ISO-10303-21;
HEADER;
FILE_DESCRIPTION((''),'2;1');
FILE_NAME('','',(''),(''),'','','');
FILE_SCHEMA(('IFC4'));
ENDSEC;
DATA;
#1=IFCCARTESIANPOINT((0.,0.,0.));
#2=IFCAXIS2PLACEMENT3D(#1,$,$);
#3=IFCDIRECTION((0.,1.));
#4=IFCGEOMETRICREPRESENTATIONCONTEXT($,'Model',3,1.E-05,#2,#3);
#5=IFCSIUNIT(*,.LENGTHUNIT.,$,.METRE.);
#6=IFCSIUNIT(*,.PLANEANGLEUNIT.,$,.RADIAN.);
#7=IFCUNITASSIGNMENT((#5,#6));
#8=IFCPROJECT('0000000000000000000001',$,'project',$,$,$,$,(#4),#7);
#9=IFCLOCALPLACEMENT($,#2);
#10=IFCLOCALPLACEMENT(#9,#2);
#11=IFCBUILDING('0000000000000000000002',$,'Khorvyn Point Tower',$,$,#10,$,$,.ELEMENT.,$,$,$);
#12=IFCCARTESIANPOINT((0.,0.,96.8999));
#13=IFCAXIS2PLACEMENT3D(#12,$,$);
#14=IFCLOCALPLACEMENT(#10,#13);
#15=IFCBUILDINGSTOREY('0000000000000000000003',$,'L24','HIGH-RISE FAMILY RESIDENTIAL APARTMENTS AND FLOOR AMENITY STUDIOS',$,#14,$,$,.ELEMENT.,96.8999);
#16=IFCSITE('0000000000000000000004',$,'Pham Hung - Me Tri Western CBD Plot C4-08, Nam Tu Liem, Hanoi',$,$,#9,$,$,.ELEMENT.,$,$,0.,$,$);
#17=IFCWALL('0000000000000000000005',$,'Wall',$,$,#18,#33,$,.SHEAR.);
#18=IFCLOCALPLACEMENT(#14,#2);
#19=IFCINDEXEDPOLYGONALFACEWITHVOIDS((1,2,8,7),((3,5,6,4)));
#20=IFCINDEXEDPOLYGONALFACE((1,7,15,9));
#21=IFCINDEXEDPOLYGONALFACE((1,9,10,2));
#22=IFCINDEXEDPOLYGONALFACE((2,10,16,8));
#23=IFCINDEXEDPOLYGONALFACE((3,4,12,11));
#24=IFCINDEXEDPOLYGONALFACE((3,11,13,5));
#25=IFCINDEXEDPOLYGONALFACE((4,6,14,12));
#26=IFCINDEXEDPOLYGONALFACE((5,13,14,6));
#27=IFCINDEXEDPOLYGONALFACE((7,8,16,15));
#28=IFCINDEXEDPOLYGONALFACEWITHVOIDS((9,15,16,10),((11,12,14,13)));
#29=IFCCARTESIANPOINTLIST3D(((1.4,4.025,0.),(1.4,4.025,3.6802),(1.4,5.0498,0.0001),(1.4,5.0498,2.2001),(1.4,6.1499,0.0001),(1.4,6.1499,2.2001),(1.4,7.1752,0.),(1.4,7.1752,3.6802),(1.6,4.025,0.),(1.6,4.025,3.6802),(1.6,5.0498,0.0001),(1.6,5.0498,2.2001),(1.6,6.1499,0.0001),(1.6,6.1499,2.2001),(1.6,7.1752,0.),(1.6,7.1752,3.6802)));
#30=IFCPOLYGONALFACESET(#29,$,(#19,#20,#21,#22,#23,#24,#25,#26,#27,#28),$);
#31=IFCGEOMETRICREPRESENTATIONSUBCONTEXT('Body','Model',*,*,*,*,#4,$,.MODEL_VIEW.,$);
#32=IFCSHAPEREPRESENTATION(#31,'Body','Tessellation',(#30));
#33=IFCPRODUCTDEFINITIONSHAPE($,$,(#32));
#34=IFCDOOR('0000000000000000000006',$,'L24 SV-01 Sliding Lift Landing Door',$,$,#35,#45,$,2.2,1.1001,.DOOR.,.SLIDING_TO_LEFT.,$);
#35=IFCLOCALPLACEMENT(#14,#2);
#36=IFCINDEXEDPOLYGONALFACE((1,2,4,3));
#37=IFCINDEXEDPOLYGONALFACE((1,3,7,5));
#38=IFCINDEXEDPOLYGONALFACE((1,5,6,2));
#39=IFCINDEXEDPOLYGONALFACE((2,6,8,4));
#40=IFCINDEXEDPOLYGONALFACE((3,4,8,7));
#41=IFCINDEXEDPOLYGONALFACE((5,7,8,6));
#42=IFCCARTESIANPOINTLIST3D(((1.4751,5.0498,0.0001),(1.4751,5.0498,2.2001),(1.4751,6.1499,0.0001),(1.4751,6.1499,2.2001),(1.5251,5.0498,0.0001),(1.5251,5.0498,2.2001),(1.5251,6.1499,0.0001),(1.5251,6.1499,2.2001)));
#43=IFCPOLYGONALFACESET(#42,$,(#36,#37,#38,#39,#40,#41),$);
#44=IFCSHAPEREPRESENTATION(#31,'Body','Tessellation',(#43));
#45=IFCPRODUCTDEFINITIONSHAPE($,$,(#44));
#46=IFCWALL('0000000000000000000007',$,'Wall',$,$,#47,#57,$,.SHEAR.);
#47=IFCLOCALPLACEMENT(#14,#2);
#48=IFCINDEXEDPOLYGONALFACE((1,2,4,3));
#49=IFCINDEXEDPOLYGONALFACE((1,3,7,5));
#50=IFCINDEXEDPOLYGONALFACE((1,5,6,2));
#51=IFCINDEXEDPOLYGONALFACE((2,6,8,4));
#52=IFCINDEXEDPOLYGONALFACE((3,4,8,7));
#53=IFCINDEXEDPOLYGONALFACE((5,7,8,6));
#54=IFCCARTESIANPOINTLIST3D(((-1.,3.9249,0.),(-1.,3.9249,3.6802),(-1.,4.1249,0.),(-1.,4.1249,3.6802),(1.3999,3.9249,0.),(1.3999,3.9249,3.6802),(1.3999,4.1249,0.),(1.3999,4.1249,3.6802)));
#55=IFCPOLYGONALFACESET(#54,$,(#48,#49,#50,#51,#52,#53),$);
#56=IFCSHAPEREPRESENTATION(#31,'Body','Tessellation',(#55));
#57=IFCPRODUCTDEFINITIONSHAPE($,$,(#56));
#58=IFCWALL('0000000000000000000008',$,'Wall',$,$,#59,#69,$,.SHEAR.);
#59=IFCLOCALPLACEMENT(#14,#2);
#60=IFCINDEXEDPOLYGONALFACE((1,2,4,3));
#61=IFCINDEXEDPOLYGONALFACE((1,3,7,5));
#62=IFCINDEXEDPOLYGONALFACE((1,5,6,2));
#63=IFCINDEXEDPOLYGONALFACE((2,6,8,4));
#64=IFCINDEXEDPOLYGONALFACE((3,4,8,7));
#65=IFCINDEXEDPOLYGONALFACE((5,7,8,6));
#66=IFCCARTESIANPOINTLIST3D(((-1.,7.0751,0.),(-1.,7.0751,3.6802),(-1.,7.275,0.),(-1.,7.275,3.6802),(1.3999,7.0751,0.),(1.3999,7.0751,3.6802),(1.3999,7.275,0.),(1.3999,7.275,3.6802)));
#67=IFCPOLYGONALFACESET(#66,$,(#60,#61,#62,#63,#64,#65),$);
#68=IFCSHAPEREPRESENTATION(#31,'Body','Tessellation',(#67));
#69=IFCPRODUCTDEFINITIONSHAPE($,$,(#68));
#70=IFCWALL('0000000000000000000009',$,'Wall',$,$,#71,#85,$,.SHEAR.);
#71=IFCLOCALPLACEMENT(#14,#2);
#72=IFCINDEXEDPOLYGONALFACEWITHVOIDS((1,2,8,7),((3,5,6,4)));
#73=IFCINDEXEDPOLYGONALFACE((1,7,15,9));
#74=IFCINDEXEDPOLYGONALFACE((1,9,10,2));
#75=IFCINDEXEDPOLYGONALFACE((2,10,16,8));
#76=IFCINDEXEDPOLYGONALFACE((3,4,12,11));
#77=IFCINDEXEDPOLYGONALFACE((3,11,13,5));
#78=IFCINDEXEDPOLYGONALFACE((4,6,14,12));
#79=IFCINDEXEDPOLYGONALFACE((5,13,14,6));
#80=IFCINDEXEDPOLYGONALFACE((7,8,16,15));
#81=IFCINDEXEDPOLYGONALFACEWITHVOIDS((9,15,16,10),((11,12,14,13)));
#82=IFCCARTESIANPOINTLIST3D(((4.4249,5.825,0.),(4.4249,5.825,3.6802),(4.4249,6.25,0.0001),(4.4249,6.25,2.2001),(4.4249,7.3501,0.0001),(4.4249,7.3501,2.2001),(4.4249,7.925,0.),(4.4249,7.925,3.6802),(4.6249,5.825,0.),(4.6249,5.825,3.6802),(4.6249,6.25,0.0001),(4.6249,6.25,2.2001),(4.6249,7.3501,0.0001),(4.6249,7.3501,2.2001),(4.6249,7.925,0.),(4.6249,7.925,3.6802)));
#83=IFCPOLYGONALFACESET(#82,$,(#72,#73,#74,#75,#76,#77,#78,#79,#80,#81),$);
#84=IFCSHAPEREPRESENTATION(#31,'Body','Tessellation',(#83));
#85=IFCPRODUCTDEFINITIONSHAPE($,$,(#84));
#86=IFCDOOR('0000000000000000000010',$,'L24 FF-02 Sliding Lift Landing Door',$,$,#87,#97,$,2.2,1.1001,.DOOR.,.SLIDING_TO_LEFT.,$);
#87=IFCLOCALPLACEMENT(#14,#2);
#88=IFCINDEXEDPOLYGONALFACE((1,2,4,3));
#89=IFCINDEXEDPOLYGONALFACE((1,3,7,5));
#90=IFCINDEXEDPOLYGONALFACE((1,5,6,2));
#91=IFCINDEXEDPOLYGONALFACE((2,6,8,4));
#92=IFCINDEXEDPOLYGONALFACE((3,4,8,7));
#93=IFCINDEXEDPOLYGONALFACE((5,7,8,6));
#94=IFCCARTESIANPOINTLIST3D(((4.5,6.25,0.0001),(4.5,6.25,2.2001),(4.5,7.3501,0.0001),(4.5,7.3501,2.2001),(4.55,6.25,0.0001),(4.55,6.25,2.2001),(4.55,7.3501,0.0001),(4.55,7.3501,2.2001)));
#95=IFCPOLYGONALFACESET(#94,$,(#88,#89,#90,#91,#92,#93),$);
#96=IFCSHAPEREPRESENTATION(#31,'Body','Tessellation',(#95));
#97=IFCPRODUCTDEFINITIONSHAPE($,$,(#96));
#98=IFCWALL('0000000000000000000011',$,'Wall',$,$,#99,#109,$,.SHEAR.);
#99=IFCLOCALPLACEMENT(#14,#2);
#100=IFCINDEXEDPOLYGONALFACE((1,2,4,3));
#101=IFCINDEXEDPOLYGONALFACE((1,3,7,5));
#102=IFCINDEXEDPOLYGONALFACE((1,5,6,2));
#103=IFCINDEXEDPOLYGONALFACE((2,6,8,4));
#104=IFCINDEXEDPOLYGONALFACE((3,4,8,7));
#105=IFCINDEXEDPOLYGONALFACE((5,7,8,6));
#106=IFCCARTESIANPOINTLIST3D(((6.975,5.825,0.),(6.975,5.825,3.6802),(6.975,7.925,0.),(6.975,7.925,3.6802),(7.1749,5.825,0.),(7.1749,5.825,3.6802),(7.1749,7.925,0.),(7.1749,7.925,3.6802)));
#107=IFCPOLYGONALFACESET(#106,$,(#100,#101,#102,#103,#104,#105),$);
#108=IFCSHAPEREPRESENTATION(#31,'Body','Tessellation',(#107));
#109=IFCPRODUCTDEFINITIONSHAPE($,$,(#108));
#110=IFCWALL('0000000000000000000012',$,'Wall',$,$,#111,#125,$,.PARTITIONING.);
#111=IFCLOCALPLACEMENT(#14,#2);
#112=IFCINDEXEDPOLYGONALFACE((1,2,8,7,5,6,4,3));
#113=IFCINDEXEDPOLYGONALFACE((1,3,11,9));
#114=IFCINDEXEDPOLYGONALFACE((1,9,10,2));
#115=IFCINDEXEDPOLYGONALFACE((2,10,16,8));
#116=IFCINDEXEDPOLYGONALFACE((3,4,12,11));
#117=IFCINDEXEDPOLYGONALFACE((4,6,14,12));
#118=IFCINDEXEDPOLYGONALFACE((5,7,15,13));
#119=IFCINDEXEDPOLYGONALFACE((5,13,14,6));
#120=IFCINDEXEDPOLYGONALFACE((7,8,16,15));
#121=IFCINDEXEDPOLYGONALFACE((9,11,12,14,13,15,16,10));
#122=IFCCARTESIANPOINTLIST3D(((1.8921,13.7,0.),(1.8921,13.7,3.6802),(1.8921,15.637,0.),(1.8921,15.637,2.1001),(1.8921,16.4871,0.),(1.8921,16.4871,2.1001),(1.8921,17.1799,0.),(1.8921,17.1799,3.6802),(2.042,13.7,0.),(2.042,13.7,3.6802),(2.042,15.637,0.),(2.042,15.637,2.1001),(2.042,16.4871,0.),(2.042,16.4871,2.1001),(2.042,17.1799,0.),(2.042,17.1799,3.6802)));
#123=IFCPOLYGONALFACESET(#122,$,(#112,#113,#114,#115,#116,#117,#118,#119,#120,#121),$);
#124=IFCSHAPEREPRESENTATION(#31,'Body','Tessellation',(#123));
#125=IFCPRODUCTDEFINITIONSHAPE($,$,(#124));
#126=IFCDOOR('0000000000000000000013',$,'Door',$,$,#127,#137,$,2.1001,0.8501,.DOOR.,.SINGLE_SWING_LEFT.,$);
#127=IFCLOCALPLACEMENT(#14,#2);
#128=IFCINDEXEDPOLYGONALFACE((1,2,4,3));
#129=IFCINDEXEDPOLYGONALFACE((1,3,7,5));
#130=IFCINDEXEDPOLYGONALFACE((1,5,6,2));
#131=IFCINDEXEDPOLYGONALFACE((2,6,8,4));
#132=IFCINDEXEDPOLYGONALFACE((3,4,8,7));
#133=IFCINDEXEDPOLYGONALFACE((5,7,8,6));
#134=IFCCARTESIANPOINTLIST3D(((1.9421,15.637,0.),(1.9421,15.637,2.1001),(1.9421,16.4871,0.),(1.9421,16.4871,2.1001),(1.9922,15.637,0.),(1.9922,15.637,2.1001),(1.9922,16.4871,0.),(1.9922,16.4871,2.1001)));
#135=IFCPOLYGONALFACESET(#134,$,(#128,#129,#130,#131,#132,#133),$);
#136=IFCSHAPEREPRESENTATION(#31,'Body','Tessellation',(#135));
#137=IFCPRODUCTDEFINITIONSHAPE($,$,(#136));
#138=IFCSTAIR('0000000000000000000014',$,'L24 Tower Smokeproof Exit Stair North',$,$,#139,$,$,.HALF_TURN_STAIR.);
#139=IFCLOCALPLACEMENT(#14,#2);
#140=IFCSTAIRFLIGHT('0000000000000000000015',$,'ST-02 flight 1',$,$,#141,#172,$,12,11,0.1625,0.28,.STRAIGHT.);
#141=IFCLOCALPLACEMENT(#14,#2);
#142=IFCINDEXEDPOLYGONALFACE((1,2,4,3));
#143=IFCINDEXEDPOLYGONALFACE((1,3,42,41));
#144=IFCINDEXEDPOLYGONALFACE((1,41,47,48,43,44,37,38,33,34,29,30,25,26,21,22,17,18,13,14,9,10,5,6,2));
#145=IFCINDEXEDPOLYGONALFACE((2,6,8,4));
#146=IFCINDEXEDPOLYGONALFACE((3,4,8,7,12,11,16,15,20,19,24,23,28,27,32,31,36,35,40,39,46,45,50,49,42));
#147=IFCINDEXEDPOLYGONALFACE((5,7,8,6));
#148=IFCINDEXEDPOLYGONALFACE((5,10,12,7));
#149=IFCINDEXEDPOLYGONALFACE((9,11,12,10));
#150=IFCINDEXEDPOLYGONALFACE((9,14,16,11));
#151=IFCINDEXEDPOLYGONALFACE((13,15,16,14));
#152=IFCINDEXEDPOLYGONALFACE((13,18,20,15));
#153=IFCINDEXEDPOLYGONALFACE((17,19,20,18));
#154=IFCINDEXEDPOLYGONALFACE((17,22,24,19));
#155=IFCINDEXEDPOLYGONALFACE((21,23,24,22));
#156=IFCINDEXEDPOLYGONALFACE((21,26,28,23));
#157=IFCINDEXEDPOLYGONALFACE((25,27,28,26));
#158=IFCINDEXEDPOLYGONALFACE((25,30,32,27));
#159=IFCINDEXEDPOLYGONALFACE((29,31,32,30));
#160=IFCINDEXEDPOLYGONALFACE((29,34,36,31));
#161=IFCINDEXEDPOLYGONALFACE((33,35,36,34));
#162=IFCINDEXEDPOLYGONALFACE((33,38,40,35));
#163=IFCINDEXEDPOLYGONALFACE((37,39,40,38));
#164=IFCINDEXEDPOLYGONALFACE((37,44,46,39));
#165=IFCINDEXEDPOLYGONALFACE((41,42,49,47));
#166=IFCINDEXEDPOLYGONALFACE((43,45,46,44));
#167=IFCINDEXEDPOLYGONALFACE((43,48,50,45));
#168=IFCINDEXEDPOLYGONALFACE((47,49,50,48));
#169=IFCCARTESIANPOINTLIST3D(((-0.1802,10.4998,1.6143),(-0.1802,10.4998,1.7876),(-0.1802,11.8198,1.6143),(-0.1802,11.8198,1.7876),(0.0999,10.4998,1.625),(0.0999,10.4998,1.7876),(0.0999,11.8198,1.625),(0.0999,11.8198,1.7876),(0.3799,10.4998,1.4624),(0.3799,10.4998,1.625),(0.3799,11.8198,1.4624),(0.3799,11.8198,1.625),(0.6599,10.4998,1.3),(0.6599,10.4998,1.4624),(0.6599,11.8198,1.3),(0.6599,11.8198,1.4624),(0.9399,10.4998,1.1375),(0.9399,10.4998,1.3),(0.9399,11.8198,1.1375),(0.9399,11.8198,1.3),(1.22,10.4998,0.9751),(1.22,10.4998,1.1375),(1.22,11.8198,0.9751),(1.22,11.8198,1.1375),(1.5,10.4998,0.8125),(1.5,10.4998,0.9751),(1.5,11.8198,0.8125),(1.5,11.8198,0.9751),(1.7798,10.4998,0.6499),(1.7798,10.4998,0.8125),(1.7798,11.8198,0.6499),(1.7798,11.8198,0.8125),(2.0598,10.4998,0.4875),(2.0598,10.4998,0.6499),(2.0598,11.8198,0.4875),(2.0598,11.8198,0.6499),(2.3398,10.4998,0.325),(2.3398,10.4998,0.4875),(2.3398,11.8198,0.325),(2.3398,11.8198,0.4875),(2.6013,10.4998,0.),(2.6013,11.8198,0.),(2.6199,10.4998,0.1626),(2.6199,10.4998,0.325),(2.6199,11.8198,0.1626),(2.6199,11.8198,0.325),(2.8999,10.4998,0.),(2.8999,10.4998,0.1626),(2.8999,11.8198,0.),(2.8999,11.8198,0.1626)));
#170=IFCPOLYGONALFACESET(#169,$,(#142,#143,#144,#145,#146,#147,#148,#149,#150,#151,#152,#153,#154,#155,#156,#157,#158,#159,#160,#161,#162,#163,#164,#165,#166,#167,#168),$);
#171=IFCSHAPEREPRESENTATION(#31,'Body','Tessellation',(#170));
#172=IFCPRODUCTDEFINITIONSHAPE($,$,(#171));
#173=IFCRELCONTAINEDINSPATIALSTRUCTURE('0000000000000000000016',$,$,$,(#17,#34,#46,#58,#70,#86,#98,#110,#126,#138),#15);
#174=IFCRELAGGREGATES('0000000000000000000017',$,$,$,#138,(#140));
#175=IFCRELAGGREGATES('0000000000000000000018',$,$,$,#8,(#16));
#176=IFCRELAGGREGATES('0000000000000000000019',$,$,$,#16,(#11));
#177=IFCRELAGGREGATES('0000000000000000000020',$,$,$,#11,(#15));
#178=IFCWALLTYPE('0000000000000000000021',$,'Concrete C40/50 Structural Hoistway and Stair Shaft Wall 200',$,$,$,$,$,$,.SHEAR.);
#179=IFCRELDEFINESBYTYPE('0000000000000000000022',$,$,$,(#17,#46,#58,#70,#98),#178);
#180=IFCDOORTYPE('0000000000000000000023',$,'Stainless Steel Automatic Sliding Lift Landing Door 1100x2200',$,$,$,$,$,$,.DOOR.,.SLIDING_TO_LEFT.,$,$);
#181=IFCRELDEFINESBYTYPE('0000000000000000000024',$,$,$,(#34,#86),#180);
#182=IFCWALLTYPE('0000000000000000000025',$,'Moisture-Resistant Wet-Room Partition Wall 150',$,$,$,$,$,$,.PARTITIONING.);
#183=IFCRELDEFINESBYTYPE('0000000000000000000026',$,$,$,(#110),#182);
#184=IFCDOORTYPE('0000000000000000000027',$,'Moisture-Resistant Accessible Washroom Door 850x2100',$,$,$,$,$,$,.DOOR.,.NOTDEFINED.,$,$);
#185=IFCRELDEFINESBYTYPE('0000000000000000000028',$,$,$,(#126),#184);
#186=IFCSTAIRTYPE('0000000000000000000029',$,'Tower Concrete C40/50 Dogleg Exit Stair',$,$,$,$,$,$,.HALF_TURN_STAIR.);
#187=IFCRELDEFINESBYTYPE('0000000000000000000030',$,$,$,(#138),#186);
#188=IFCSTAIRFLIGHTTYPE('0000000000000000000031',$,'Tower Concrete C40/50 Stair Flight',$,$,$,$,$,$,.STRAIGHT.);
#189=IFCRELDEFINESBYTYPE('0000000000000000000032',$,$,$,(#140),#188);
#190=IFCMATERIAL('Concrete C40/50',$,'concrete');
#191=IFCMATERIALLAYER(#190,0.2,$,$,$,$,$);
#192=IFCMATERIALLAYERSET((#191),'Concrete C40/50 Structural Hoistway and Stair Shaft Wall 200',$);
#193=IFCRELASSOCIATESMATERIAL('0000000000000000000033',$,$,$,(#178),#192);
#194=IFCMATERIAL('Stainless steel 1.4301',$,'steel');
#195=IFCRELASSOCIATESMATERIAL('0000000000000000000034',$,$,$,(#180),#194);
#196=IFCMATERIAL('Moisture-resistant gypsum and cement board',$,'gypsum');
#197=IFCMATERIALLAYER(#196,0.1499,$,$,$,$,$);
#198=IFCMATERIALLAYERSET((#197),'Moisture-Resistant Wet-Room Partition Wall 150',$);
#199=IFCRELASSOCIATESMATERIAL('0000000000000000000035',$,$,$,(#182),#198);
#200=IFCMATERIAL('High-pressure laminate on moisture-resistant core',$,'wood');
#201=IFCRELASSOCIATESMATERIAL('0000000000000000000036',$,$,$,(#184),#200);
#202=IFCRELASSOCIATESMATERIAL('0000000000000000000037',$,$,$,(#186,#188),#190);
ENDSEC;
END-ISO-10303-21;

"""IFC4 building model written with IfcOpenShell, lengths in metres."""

from ifc_helpers import new_model, si_unit, direction, frame, frame_2d, origin, place, context, subcontext, project, spatial, polyline, rectangle, outline, extrude, material, layer, layer_set, type_object, element, fill, aggregate, save


model = new_model("IFC4")

# Units and contexts
model_context = context("Model", 3, precision=1e-05, world=origin(), true_north=direction((0.0, 1.0)))
body_context = subcontext(model_context, "Body", "Model", "MODEL_VIEW")
ifc_project = project(units=[si_unit("LENGTHUNIT", "METRE"), si_unit("PLANEANGLEUNIT", "RADIAN")], contexts=[model_context])

# Site, building, storey
site_placement = place(None, origin())
site = spatial("IfcSite", under=ifc_project, at=site_placement, Name="Pham Hung - Me Tri Western CBD Plot C4-08, Nam Tu Liem, Hanoi", CompositionType="ELEMENT", RefElevation=0.0)
building_placement = place(site_placement, origin())
building = spatial("IfcBuilding", under=site, at=building_placement, Name="Khorvyn Point Tower", CompositionType="ELEMENT")
storey_placement = place(building_placement, frame((0.0, 0.0, 96.8999)))
storey = spatial("IfcBuildingStorey", under=building, at=storey_placement, Name="L24", Description="HIGH-RISE FAMILY RESIDENTIAL APARTMENTS AND FLOOR AMENITY STUDIOS", CompositionType="ELEMENT", Elevation=96.8999)

# Shared definitions
ifc_material_1 = material(Name="Concrete C40/50", Category="concrete")

# Shared definitions
ifc_layer_1 = layer(ifc_material_1, 0.2)
ifc_layer_set_1 = layer_set([ifc_layer_1], Name="Concrete C40/50 Structural Hoistway and Stair Shaft Wall 200")
wall_type_1 = type_object("IfcWallType", Name="Concrete C40/50 Structural Hoistway and Stair Shaft Wall 200", PredefinedType="SHEAR", material=ifc_layer_set_1)

# Wall, opening, door
wall_1_placement = place(storey_placement, frame((1.5, 4.0249, 0.0), z_axis=(0.0, 0.0, 1.0), x_axis=(0.0, 1.0, 0.0)))
wall_1 = element("IfcWall", 1, at=wall_1_placement, inside=storey, type_object=wall_type_1, Name="Wall", PredefinedType="SHEAR", context=body_context, shape_type="SweptSolid", body=[
    extrude(rectangle(XDim=3.1501, YDim=0.2, at=frame_2d((1.5752, 0.0))), origin(), (0.0, 0.0, 1.0), 3.6802),
])
opening_1_placement = place(wall_1_placement, frame((1.0249, 0.0, 0.0)))
opening_1 = element("IfcOpeningElement", 2, at=opening_1_placement, cuts=wall_1, PredefinedType="OPENING", context=body_context, shape_type="SweptSolid", body=[
    extrude(rectangle(XDim=1.1001, YDim=2.2, at=frame_2d((0.55, 1.1001))), frame((0.0, 0.1099, 0.0), z_axis=(0.0, -1.0, 0.0), x_axis=(1.0, 0.0, 0.0)), (0.0, 0.0, 1.0), 0.22),
])
ifc_material_2 = material(Name="Stainless steel 1.4301", Category="steel")
door_type_1 = type_object("IfcDoorType", Name="Stainless Steel Automatic Sliding Lift Landing Door 1100x2200", OperationType="SLIDING_TO_LEFT", PredefinedType="DOOR", material=ifc_material_2)
door_1_placement = place(opening_1_placement, origin())
door_1 = element("IfcDoor", 3, at=door_1_placement, inside=storey, type_object=door_type_1, Name="L24 SV-01 Sliding Lift Landing Door", OperationType="SLIDING_TO_LEFT", OverallHeight=2.2, OverallWidth=1.1001, PredefinedType="DOOR", context=body_context, shape_type="SweptSolid", body=[
    extrude(rectangle(XDim=1.1001, YDim=2.2, at=frame_2d((0.55, 1.1001))), frame((0.0, 0.0249, 0.0), z_axis=(0.0, -1.0, 0.0), x_axis=(1.0, 0.0, 0.0)), (0.0, 0.0, 1.0), 0.05),
])
fill(opening_1, door_1)

# Walls
for number, where, z_axis, x_axis, name in (
    (4, (-1.0, 4.0249, 0.0), (0.0, 0.0, 1.0), (1.0, 0.0, 0.0), "Wall"),
    (5, (-1.0, 7.175, 0.0), (0.0, 0.0, 1.0), (1.0, 0.0, 0.0), "Wall"),
):
    element("IfcWall", number, at=place(storey_placement, frame(where, z_axis=z_axis, x_axis=x_axis)), inside=storey, type_object=wall_type_1, Name=name, PredefinedType="SHEAR", context=body_context, shape_type="SweptSolid", body=[
        extrude(rectangle(XDim=2.3999, YDim=0.2, at=frame_2d((1.2, 0.0))), origin(), (0.0, 0.0, 1.0), 3.6802),
    ])

# Wall, opening, door
wall_2_placement = place(storey_placement, frame((4.5249, 5.825, 0.0), z_axis=(0.0, 0.0, 1.0), x_axis=(0.0, 1.0, 0.0)))
wall_2 = element("IfcWall", 6, at=wall_2_placement, inside=storey, type_object=wall_type_1, Name="Wall", PredefinedType="SHEAR", context=body_context, shape_type="SweptSolid", body=[
    extrude(rectangle(XDim=2.1001, YDim=0.2, at=frame_2d((1.05, 0.0))), origin(), (0.0, 0.0, 1.0), 3.6802),
])
opening_2_placement = place(wall_2_placement, frame((0.425, 0.0, 0.0)))
opening_2 = element("IfcOpeningElement", 7, at=opening_2_placement, cuts=wall_2, PredefinedType="OPENING", context=body_context, shape_type="SweptSolid", body=[
    extrude(rectangle(XDim=1.1001, YDim=2.2, at=frame_2d((0.55, 1.1001))), frame((0.0, 0.1099, 0.0), z_axis=(0.0, -1.0, 0.0), x_axis=(1.0, 0.0, 0.0)), (0.0, 0.0, 1.0), 0.22),
])
door_2_placement = place(opening_2_placement, origin())
door_2 = element("IfcDoor", 8, at=door_2_placement, inside=storey, type_object=door_type_1, Name="L24 FF-02 Sliding Lift Landing Door", OperationType="SLIDING_TO_LEFT", OverallHeight=2.2, OverallWidth=1.1001, PredefinedType="DOOR", context=body_context, shape_type="SweptSolid", body=[
    extrude(rectangle(XDim=1.1001, YDim=2.2, at=frame_2d((0.55, 1.1001))), frame((0.0, 0.0249, 0.0), z_axis=(0.0, -1.0, 0.0), x_axis=(1.0, 0.0, 0.0)), (0.0, 0.0, 1.0), 0.05),
])
fill(opening_2, door_2)

# Wall
wall_3_placement = place(storey_placement, frame((7.075, 5.825, 0.0), z_axis=(0.0, 0.0, 1.0), x_axis=(0.0, 1.0, 0.0)))
element("IfcWall", 9, at=wall_3_placement, inside=storey, type_object=wall_type_1, Name="Wall", PredefinedType="SHEAR", context=body_context, shape_type="SweptSolid", body=[
    extrude(rectangle(XDim=2.1001, YDim=0.2, at=frame_2d((1.05, 0.0))), origin(), (0.0, 0.0, 1.0), 3.6802),
])

# Wall, opening, door
ifc_material_3 = material(Name="Moisture-resistant gypsum and cement board", Category="gypsum")
ifc_layer_2 = layer(ifc_material_3, 0.1499)
ifc_layer_set_2 = layer_set([ifc_layer_2], Name="Moisture-Resistant Wet-Room Partition Wall 150")
wall_type_2 = type_object("IfcWallType", Name="Moisture-Resistant Wet-Room Partition Wall 150", PredefinedType="PARTITIONING", material=ifc_layer_set_2)
wall_4_placement = place(storey_placement, frame((1.967, 13.7, 0.0), z_axis=(0.0, 0.0, 1.0), x_axis=(0.0, 1.0, 0.0)))
wall_4 = element("IfcWall", 10, at=wall_4_placement, inside=storey, type_object=wall_type_2, Name="Wall", PredefinedType="PARTITIONING", context=body_context, shape_type="SweptSolid", body=[
    extrude(rectangle(XDim=3.48, YDim=0.1499, at=frame_2d((1.74, 0.0))), origin(), (0.0, 0.0, 1.0), 3.6802),
])
opening_3_placement = place(wall_4_placement, frame((1.937, 0.0, 0.0)))
opening_3 = element("IfcOpeningElement", 11, at=opening_3_placement, cuts=wall_4, PredefinedType="OPENING", context=body_context, shape_type="SweptSolid", body=[
    extrude(rectangle(XDim=0.8501, YDim=2.1001, at=frame_2d((0.425, 1.05))), frame((0.0, 0.085, 0.0), z_axis=(0.0, -1.0, 0.0), x_axis=(1.0, 0.0, 0.0)), (0.0, 0.0, 1.0), 0.1699),
])
ifc_material_4 = material(Name="High-pressure laminate on moisture-resistant core", Category="wood")
door_type_2 = type_object("IfcDoorType", Name="Moisture-Resistant Accessible Washroom Door 850x2100", OperationType="NOTDEFINED", PredefinedType="DOOR", material=ifc_material_4)
door_3_placement = place(opening_3_placement, origin())
door_3 = element("IfcDoor", 12, at=door_3_placement, inside=storey, type_object=door_type_2, Name="Door", OperationType="SINGLE_SWING_LEFT", OverallHeight=2.1001, OverallWidth=0.8501, PredefinedType="DOOR", context=body_context, shape_type="SweptSolid", body=[
    extrude(rectangle(XDim=0.8501, YDim=2.1001, at=frame_2d((0.425, 1.05))), frame((0.0, 0.0249, 0.0), z_axis=(0.0, -1.0, 0.0), x_axis=(1.0, 0.0, 0.0)), (0.0, 0.0, 1.0), 0.05),
])
fill(opening_3, door_3)

# Stair, stair flight
stair_type = type_object("IfcStairType", Name="Tower Concrete C40/50 Dogleg Exit Stair", PredefinedType="HALF_TURN_STAIR", material=ifc_material_1)
stair_placement = place(storey_placement, origin())
stair = element("IfcStair", 13, at=stair_placement, inside=storey, type_object=stair_type, Name="L24 Tower Smokeproof Exit Stair North", PredefinedType="HALF_TURN_STAIR")
stair_flight_type = type_object("IfcStairFlightType", Name="Tower Concrete C40/50 Stair Flight", PredefinedType="STRAIGHT", material=ifc_material_1)
stair_flight_1_placement = place(storey_placement, frame((2.8999, 11.1599, 0.0), z_axis=(0.0, 0.0, 1.0), x_axis=(-1.0, 0.0, 0.0)))
stair_flight_1 = element("IfcStairFlight", 14, at=stair_flight_1_placement, type_object=stair_flight_type, Name="ST-02 flight 1", NumberOfRisers=12, NumberOfTreads=11, PredefinedType="STRAIGHT", RiserHeight=0.1625, TreadLength=0.28, context=body_context, shape_type="SweptSolid", body=[
    extrude(outline(polyline([(0.0, 0.0), (0.0, 0.1626), (0.28, 0.1626), (0.28, 0.325), (0.5601, 0.325), (0.5601, 0.4875), (0.8401, 0.4875), (0.8401, 0.6499), (1.1201, 0.6499), (1.1201, 0.8125), (1.3999, 0.8125), (1.3999, 0.9751), (1.6799, 0.9751), (1.6799, 1.1375), (1.96, 1.1375), (1.96, 1.3), (2.24, 1.3), (2.24, 1.4624), (2.52, 1.4624), (2.52, 1.625), (2.8, 1.625), (2.8, 1.7876), (3.0801, 1.7876), (3.0801, 1.95), (3.0801, 1.6143), (0.2986, 0.0), (0.0, 0.0)])), frame((0.0, 0.6602, 0.0), z_axis=(0.0, -1.0, 0.0), x_axis=(1.0, 0.0, 0.0)), (0.0, 0.0, 1.0), 1.3201),
])
aggregate(stair, [stair_flight_1])

save(model, "model.ifc")
